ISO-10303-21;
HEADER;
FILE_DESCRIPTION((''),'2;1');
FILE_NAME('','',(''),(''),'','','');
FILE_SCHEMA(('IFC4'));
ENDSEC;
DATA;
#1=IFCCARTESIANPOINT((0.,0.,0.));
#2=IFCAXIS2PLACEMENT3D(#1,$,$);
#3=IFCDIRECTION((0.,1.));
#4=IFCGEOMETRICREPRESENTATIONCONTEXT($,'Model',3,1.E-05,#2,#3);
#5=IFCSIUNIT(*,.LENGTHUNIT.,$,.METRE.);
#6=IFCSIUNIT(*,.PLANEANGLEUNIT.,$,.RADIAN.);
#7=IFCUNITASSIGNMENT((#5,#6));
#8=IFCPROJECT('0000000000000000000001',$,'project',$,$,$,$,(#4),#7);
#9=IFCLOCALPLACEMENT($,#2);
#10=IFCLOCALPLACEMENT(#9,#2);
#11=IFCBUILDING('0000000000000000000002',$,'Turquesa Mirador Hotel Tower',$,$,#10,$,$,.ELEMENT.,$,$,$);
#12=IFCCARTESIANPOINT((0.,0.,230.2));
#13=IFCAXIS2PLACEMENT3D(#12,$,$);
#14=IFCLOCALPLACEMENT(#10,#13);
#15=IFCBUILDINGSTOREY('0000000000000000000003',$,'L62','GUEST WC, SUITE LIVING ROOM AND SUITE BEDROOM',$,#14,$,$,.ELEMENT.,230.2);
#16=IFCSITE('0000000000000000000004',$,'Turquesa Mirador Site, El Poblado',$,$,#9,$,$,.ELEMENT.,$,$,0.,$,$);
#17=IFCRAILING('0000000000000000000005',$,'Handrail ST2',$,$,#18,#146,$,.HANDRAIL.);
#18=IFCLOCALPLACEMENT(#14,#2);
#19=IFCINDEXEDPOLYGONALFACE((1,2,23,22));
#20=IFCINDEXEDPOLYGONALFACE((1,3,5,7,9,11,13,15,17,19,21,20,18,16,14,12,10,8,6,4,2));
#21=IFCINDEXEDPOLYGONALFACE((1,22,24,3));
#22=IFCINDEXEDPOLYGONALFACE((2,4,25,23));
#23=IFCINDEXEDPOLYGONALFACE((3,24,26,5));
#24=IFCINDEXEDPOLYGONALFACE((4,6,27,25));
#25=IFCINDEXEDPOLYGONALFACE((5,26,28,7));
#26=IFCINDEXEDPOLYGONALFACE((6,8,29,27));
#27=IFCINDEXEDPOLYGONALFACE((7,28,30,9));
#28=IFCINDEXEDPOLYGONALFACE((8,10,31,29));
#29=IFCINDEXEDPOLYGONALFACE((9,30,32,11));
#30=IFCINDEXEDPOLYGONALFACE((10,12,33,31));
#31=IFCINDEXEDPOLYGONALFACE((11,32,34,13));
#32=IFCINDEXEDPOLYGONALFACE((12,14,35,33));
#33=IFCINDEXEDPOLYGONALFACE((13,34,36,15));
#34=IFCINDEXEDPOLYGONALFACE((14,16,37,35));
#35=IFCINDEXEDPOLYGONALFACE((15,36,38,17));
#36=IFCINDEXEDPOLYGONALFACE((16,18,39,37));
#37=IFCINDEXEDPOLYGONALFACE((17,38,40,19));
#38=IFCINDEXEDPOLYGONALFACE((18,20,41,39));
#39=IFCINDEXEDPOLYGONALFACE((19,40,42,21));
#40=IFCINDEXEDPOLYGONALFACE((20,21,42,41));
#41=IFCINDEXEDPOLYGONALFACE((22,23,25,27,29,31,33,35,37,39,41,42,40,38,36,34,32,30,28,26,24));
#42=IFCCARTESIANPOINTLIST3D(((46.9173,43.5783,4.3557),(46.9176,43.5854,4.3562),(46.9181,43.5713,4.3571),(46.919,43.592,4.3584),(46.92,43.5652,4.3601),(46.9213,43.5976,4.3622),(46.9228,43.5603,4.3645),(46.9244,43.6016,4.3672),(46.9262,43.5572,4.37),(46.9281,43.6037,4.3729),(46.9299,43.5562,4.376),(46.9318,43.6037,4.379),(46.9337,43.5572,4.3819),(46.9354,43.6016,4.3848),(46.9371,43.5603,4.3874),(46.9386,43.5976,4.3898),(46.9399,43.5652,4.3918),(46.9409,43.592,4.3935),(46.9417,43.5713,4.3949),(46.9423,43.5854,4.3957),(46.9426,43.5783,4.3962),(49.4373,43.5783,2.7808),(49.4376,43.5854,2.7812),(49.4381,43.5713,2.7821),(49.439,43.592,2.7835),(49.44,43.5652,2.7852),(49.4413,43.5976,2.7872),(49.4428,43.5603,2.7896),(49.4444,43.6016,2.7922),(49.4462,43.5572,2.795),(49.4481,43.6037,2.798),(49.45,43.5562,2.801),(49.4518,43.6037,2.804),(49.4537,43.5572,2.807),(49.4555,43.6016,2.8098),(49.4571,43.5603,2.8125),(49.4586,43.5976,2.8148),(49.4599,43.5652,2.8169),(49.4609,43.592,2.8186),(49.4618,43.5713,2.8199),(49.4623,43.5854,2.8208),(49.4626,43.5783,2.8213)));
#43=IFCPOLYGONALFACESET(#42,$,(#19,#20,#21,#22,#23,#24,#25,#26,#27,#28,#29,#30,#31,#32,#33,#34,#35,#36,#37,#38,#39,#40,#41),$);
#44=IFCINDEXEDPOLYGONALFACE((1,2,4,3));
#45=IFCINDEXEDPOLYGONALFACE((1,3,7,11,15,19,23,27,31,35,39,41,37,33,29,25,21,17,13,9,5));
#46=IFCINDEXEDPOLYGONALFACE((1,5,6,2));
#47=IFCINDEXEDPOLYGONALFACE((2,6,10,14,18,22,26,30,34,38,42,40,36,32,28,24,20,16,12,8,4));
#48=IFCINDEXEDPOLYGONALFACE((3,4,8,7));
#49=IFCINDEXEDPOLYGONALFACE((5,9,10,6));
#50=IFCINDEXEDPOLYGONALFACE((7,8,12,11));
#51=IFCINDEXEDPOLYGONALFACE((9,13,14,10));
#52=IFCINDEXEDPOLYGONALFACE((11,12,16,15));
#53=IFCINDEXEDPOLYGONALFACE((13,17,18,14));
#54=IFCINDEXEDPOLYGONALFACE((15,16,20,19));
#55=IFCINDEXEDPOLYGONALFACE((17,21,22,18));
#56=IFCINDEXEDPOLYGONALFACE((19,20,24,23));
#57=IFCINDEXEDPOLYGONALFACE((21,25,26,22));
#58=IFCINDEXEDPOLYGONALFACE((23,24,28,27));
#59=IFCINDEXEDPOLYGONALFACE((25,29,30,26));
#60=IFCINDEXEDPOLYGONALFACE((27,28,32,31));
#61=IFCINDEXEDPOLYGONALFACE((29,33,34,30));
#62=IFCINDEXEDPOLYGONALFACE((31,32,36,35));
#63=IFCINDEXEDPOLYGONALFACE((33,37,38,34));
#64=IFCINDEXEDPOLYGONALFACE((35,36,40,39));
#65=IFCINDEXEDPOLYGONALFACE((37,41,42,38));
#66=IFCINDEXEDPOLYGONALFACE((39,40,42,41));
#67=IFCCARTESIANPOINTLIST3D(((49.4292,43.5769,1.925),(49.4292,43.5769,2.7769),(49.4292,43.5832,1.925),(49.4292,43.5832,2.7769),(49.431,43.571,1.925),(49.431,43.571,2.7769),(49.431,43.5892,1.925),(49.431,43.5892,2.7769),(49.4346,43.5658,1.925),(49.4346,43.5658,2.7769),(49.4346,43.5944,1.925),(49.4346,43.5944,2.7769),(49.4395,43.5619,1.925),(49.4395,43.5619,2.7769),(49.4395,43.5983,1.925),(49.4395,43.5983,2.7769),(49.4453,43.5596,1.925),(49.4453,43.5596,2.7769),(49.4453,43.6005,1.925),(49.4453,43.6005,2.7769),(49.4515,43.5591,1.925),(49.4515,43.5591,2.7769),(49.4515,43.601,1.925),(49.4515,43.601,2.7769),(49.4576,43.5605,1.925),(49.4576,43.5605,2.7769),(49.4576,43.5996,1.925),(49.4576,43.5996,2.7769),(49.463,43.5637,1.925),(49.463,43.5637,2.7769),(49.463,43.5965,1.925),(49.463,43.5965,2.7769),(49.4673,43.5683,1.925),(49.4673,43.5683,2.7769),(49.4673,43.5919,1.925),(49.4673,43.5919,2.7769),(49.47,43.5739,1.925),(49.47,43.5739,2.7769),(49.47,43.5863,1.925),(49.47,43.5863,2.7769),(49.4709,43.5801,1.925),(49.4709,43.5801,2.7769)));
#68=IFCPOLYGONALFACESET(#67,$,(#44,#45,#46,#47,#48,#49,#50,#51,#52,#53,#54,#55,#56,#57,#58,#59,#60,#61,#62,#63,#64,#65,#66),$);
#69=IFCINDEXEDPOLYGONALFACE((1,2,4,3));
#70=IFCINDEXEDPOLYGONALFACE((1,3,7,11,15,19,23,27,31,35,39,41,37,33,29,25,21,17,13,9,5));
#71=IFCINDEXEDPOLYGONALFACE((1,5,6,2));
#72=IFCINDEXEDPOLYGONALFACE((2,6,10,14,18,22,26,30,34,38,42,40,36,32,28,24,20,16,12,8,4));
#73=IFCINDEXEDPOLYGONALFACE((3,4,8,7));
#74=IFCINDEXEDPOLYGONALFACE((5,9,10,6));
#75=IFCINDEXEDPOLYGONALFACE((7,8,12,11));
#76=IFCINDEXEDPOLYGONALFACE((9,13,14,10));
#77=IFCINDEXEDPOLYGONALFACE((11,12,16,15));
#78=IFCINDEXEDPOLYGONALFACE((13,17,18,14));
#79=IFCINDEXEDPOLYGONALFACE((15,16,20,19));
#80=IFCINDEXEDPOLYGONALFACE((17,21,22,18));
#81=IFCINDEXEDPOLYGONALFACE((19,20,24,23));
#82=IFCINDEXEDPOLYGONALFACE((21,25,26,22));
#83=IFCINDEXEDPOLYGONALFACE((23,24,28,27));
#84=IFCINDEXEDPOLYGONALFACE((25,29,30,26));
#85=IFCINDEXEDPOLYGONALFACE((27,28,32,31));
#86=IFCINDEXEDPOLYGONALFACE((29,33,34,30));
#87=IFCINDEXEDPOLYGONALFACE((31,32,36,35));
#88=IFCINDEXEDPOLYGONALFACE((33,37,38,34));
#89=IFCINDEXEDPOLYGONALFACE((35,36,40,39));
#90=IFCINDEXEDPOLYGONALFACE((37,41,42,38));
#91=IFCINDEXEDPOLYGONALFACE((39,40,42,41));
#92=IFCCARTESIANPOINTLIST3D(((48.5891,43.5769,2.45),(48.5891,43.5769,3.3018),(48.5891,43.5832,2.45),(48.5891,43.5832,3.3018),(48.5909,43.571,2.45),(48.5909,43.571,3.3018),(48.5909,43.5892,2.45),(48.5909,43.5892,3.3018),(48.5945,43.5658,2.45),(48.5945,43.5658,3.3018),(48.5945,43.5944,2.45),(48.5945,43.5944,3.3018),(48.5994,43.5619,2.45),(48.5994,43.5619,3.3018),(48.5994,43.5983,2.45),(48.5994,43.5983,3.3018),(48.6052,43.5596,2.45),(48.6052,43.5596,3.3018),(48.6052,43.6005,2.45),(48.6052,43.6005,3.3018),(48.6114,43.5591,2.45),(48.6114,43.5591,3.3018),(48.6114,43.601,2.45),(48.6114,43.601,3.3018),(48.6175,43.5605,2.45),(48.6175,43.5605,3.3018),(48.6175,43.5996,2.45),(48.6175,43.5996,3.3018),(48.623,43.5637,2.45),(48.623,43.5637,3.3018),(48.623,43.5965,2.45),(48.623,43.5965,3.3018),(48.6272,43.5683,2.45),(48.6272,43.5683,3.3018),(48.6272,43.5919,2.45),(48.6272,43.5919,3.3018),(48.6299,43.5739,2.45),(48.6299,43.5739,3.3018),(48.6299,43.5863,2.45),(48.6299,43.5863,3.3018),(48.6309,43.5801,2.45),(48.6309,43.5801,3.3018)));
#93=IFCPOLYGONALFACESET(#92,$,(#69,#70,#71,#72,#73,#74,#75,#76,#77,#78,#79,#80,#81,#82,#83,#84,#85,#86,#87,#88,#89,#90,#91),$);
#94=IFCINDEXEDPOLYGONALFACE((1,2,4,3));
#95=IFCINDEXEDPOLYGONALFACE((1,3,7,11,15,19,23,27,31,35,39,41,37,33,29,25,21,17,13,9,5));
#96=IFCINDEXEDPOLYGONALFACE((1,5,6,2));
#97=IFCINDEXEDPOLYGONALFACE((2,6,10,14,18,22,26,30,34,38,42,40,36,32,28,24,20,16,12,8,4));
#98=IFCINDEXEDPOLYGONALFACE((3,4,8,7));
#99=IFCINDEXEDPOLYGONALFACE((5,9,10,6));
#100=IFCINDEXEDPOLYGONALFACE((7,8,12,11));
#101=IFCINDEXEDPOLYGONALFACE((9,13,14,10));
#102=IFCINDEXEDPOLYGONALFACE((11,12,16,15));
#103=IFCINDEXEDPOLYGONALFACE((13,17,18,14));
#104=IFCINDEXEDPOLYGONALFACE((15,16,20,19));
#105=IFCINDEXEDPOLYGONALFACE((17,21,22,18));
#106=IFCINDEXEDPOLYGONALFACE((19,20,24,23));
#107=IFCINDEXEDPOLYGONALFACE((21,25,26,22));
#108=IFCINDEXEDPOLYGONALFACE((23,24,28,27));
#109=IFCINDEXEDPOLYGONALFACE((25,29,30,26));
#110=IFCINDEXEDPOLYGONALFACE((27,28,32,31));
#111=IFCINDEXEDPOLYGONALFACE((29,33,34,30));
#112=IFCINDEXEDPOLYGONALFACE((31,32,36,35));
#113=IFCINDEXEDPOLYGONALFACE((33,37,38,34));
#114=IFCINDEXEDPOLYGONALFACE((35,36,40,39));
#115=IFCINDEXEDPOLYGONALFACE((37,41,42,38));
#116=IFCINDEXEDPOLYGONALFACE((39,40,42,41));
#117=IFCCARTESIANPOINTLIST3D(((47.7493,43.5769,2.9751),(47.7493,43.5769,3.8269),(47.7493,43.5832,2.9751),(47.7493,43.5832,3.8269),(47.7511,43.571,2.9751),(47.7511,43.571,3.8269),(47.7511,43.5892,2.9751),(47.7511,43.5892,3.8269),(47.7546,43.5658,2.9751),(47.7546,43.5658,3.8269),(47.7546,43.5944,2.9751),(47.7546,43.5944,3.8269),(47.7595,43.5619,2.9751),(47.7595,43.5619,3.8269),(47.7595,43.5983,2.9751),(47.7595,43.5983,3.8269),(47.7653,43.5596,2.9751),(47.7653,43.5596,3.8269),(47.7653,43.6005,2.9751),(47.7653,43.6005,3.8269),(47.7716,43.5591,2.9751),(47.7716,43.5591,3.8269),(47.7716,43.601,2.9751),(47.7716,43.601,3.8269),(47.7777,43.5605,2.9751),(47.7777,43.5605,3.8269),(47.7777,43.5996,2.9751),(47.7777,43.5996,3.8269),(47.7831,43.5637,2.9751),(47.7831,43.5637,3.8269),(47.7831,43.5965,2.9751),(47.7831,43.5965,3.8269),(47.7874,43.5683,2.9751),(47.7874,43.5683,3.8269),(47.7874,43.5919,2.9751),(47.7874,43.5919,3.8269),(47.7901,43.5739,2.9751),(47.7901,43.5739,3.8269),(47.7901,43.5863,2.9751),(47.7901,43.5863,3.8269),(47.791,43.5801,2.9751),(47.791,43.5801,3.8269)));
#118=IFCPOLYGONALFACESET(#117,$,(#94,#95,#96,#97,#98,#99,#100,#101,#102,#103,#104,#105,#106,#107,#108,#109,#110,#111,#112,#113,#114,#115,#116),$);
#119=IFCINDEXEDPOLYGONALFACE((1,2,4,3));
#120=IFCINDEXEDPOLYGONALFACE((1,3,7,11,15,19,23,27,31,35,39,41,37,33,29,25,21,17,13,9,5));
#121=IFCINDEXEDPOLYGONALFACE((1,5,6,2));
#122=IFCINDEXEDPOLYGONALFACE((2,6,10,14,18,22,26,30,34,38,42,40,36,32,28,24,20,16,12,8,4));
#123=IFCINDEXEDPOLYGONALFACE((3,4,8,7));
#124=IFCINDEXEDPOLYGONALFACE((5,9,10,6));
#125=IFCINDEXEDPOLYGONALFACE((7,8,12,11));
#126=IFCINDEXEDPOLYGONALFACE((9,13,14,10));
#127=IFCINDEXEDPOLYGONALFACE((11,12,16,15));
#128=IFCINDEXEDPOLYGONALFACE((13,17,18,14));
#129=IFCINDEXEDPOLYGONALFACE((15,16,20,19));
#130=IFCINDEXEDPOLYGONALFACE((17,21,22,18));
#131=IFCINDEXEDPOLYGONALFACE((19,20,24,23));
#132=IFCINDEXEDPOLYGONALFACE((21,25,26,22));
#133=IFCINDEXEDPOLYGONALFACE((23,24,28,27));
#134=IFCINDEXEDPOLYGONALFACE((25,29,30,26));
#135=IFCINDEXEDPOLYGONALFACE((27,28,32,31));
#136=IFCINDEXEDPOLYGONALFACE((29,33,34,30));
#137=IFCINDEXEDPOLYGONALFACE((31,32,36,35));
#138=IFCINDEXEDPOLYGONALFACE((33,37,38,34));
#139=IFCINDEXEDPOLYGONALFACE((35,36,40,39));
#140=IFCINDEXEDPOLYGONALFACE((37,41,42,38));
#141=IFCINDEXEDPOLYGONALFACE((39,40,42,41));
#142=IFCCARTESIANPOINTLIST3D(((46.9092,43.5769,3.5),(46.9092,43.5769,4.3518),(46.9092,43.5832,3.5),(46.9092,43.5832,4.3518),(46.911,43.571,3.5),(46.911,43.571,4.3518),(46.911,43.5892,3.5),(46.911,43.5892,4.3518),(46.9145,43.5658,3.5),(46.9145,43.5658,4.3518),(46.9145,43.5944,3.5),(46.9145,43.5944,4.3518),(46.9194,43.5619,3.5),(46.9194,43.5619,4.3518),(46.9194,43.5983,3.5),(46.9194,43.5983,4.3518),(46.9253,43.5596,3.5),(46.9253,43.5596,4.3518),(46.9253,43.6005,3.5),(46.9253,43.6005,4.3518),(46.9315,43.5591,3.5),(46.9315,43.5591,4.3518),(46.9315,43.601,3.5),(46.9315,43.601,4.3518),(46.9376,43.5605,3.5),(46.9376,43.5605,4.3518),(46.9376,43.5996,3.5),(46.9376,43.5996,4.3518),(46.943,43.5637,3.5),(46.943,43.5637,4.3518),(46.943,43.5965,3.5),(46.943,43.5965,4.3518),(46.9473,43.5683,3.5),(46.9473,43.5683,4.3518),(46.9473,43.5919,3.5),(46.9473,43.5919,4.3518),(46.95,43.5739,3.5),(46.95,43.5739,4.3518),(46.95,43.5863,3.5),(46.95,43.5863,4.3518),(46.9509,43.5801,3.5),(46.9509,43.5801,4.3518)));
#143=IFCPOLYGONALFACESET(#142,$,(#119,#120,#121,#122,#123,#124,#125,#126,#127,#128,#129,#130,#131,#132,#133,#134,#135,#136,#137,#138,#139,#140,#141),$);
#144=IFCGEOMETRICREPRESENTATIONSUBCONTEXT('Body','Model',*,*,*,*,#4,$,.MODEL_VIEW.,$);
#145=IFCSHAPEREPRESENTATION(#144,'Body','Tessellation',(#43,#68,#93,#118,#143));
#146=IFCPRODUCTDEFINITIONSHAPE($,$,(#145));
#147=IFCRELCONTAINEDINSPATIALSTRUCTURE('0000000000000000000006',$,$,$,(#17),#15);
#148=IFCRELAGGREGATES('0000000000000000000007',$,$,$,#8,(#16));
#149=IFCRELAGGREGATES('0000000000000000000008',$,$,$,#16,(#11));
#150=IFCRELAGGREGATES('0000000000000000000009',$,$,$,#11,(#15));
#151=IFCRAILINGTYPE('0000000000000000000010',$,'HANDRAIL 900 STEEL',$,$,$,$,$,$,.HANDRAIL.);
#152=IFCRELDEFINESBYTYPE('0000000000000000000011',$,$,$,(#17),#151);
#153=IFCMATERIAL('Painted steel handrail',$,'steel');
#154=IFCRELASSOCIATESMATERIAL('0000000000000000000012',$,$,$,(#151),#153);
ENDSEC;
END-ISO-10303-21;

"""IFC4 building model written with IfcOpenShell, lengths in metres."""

from ifc_helpers import new_model, si_unit, direction, frame, origin, origin_2d, place, context, subcontext, project, spatial, circle, extrude, material, type_object, element, save


model = new_model("IFC4")

# Units and contexts
model_context = context("Model", 3, precision=1e-05, world=origin(), true_north=direction((0.0, 1.0)))
body_context = subcontext(model_context, "Body", "Model", "MODEL_VIEW")
ifc_project = project(units=[si_unit("LENGTHUNIT", "METRE"), si_unit("PLANEANGLEUNIT", "RADIAN")], contexts=[model_context])

# Site, building, storey
site_placement = place(None, origin())
site = spatial("IfcSite", under=ifc_project, at=site_placement, Name="Turquesa Mirador Site, El Poblado", CompositionType="ELEMENT", RefElevation=0.0)
building_placement = place(site_placement, origin())
building = spatial("IfcBuilding", under=site, at=building_placement, Name="Turquesa Mirador Hotel Tower", CompositionType="ELEMENT")
storey_placement = place(building_placement, frame((0.0, 0.0, 230.2)))
storey = spatial("IfcBuildingStorey", under=building, at=storey_placement, Name="L62", Description="GUEST WC, SUITE LIVING ROOM AND SUITE BEDROOM", CompositionType="ELEMENT", Elevation=230.2)

# Railing
ifc_material_1 = material(Name="Painted steel handrail", Category="steel")
railing_type = type_object("IfcRailingType", Name="HANDRAIL 900 STEEL", PredefinedType="HANDRAIL", material=ifc_material_1)
railing_1_placement = place(storey_placement, frame((49.45, 43.5801, 1.925)))
element("IfcRailing", 1, at=railing_1_placement, inside=storey, type_object=railing_type, Name="Handrail ST2", PredefinedType="HANDRAIL", context=body_context, shape_type="SweptSolid", body=[
    extrude(circle(Radius=0.0239, at=origin_2d()), frame((0.0, 0.0, 0.876), z_axis=(-0.848008, 0.0, 0.529984), x_axis=(0.0, -1.0, 0.0)), (0.0, 0.0, 1.0), 2.9717),
    extrude(circle(Radius=0.021, at=origin_2d()), origin(), (0.0, 0.0, 1.0), 0.8518),
    extrude(circle(Radius=0.021, at=origin_2d()), frame((-0.8401, 0.0, 0.5249)), (0.0, 0.0, 1.0), 0.8518),
    extrude(circle(Radius=0.021, at=origin_2d()), frame((-1.6799, 0.0, 1.05)), (0.0, 0.0, 1.0), 0.8518),
    extrude(circle(Radius=0.021, at=origin_2d()), frame((-2.52, 0.0, 1.575)), (0.0, 0.0, 1.0), 0.8518),
])

save(model, "model.ifc")
